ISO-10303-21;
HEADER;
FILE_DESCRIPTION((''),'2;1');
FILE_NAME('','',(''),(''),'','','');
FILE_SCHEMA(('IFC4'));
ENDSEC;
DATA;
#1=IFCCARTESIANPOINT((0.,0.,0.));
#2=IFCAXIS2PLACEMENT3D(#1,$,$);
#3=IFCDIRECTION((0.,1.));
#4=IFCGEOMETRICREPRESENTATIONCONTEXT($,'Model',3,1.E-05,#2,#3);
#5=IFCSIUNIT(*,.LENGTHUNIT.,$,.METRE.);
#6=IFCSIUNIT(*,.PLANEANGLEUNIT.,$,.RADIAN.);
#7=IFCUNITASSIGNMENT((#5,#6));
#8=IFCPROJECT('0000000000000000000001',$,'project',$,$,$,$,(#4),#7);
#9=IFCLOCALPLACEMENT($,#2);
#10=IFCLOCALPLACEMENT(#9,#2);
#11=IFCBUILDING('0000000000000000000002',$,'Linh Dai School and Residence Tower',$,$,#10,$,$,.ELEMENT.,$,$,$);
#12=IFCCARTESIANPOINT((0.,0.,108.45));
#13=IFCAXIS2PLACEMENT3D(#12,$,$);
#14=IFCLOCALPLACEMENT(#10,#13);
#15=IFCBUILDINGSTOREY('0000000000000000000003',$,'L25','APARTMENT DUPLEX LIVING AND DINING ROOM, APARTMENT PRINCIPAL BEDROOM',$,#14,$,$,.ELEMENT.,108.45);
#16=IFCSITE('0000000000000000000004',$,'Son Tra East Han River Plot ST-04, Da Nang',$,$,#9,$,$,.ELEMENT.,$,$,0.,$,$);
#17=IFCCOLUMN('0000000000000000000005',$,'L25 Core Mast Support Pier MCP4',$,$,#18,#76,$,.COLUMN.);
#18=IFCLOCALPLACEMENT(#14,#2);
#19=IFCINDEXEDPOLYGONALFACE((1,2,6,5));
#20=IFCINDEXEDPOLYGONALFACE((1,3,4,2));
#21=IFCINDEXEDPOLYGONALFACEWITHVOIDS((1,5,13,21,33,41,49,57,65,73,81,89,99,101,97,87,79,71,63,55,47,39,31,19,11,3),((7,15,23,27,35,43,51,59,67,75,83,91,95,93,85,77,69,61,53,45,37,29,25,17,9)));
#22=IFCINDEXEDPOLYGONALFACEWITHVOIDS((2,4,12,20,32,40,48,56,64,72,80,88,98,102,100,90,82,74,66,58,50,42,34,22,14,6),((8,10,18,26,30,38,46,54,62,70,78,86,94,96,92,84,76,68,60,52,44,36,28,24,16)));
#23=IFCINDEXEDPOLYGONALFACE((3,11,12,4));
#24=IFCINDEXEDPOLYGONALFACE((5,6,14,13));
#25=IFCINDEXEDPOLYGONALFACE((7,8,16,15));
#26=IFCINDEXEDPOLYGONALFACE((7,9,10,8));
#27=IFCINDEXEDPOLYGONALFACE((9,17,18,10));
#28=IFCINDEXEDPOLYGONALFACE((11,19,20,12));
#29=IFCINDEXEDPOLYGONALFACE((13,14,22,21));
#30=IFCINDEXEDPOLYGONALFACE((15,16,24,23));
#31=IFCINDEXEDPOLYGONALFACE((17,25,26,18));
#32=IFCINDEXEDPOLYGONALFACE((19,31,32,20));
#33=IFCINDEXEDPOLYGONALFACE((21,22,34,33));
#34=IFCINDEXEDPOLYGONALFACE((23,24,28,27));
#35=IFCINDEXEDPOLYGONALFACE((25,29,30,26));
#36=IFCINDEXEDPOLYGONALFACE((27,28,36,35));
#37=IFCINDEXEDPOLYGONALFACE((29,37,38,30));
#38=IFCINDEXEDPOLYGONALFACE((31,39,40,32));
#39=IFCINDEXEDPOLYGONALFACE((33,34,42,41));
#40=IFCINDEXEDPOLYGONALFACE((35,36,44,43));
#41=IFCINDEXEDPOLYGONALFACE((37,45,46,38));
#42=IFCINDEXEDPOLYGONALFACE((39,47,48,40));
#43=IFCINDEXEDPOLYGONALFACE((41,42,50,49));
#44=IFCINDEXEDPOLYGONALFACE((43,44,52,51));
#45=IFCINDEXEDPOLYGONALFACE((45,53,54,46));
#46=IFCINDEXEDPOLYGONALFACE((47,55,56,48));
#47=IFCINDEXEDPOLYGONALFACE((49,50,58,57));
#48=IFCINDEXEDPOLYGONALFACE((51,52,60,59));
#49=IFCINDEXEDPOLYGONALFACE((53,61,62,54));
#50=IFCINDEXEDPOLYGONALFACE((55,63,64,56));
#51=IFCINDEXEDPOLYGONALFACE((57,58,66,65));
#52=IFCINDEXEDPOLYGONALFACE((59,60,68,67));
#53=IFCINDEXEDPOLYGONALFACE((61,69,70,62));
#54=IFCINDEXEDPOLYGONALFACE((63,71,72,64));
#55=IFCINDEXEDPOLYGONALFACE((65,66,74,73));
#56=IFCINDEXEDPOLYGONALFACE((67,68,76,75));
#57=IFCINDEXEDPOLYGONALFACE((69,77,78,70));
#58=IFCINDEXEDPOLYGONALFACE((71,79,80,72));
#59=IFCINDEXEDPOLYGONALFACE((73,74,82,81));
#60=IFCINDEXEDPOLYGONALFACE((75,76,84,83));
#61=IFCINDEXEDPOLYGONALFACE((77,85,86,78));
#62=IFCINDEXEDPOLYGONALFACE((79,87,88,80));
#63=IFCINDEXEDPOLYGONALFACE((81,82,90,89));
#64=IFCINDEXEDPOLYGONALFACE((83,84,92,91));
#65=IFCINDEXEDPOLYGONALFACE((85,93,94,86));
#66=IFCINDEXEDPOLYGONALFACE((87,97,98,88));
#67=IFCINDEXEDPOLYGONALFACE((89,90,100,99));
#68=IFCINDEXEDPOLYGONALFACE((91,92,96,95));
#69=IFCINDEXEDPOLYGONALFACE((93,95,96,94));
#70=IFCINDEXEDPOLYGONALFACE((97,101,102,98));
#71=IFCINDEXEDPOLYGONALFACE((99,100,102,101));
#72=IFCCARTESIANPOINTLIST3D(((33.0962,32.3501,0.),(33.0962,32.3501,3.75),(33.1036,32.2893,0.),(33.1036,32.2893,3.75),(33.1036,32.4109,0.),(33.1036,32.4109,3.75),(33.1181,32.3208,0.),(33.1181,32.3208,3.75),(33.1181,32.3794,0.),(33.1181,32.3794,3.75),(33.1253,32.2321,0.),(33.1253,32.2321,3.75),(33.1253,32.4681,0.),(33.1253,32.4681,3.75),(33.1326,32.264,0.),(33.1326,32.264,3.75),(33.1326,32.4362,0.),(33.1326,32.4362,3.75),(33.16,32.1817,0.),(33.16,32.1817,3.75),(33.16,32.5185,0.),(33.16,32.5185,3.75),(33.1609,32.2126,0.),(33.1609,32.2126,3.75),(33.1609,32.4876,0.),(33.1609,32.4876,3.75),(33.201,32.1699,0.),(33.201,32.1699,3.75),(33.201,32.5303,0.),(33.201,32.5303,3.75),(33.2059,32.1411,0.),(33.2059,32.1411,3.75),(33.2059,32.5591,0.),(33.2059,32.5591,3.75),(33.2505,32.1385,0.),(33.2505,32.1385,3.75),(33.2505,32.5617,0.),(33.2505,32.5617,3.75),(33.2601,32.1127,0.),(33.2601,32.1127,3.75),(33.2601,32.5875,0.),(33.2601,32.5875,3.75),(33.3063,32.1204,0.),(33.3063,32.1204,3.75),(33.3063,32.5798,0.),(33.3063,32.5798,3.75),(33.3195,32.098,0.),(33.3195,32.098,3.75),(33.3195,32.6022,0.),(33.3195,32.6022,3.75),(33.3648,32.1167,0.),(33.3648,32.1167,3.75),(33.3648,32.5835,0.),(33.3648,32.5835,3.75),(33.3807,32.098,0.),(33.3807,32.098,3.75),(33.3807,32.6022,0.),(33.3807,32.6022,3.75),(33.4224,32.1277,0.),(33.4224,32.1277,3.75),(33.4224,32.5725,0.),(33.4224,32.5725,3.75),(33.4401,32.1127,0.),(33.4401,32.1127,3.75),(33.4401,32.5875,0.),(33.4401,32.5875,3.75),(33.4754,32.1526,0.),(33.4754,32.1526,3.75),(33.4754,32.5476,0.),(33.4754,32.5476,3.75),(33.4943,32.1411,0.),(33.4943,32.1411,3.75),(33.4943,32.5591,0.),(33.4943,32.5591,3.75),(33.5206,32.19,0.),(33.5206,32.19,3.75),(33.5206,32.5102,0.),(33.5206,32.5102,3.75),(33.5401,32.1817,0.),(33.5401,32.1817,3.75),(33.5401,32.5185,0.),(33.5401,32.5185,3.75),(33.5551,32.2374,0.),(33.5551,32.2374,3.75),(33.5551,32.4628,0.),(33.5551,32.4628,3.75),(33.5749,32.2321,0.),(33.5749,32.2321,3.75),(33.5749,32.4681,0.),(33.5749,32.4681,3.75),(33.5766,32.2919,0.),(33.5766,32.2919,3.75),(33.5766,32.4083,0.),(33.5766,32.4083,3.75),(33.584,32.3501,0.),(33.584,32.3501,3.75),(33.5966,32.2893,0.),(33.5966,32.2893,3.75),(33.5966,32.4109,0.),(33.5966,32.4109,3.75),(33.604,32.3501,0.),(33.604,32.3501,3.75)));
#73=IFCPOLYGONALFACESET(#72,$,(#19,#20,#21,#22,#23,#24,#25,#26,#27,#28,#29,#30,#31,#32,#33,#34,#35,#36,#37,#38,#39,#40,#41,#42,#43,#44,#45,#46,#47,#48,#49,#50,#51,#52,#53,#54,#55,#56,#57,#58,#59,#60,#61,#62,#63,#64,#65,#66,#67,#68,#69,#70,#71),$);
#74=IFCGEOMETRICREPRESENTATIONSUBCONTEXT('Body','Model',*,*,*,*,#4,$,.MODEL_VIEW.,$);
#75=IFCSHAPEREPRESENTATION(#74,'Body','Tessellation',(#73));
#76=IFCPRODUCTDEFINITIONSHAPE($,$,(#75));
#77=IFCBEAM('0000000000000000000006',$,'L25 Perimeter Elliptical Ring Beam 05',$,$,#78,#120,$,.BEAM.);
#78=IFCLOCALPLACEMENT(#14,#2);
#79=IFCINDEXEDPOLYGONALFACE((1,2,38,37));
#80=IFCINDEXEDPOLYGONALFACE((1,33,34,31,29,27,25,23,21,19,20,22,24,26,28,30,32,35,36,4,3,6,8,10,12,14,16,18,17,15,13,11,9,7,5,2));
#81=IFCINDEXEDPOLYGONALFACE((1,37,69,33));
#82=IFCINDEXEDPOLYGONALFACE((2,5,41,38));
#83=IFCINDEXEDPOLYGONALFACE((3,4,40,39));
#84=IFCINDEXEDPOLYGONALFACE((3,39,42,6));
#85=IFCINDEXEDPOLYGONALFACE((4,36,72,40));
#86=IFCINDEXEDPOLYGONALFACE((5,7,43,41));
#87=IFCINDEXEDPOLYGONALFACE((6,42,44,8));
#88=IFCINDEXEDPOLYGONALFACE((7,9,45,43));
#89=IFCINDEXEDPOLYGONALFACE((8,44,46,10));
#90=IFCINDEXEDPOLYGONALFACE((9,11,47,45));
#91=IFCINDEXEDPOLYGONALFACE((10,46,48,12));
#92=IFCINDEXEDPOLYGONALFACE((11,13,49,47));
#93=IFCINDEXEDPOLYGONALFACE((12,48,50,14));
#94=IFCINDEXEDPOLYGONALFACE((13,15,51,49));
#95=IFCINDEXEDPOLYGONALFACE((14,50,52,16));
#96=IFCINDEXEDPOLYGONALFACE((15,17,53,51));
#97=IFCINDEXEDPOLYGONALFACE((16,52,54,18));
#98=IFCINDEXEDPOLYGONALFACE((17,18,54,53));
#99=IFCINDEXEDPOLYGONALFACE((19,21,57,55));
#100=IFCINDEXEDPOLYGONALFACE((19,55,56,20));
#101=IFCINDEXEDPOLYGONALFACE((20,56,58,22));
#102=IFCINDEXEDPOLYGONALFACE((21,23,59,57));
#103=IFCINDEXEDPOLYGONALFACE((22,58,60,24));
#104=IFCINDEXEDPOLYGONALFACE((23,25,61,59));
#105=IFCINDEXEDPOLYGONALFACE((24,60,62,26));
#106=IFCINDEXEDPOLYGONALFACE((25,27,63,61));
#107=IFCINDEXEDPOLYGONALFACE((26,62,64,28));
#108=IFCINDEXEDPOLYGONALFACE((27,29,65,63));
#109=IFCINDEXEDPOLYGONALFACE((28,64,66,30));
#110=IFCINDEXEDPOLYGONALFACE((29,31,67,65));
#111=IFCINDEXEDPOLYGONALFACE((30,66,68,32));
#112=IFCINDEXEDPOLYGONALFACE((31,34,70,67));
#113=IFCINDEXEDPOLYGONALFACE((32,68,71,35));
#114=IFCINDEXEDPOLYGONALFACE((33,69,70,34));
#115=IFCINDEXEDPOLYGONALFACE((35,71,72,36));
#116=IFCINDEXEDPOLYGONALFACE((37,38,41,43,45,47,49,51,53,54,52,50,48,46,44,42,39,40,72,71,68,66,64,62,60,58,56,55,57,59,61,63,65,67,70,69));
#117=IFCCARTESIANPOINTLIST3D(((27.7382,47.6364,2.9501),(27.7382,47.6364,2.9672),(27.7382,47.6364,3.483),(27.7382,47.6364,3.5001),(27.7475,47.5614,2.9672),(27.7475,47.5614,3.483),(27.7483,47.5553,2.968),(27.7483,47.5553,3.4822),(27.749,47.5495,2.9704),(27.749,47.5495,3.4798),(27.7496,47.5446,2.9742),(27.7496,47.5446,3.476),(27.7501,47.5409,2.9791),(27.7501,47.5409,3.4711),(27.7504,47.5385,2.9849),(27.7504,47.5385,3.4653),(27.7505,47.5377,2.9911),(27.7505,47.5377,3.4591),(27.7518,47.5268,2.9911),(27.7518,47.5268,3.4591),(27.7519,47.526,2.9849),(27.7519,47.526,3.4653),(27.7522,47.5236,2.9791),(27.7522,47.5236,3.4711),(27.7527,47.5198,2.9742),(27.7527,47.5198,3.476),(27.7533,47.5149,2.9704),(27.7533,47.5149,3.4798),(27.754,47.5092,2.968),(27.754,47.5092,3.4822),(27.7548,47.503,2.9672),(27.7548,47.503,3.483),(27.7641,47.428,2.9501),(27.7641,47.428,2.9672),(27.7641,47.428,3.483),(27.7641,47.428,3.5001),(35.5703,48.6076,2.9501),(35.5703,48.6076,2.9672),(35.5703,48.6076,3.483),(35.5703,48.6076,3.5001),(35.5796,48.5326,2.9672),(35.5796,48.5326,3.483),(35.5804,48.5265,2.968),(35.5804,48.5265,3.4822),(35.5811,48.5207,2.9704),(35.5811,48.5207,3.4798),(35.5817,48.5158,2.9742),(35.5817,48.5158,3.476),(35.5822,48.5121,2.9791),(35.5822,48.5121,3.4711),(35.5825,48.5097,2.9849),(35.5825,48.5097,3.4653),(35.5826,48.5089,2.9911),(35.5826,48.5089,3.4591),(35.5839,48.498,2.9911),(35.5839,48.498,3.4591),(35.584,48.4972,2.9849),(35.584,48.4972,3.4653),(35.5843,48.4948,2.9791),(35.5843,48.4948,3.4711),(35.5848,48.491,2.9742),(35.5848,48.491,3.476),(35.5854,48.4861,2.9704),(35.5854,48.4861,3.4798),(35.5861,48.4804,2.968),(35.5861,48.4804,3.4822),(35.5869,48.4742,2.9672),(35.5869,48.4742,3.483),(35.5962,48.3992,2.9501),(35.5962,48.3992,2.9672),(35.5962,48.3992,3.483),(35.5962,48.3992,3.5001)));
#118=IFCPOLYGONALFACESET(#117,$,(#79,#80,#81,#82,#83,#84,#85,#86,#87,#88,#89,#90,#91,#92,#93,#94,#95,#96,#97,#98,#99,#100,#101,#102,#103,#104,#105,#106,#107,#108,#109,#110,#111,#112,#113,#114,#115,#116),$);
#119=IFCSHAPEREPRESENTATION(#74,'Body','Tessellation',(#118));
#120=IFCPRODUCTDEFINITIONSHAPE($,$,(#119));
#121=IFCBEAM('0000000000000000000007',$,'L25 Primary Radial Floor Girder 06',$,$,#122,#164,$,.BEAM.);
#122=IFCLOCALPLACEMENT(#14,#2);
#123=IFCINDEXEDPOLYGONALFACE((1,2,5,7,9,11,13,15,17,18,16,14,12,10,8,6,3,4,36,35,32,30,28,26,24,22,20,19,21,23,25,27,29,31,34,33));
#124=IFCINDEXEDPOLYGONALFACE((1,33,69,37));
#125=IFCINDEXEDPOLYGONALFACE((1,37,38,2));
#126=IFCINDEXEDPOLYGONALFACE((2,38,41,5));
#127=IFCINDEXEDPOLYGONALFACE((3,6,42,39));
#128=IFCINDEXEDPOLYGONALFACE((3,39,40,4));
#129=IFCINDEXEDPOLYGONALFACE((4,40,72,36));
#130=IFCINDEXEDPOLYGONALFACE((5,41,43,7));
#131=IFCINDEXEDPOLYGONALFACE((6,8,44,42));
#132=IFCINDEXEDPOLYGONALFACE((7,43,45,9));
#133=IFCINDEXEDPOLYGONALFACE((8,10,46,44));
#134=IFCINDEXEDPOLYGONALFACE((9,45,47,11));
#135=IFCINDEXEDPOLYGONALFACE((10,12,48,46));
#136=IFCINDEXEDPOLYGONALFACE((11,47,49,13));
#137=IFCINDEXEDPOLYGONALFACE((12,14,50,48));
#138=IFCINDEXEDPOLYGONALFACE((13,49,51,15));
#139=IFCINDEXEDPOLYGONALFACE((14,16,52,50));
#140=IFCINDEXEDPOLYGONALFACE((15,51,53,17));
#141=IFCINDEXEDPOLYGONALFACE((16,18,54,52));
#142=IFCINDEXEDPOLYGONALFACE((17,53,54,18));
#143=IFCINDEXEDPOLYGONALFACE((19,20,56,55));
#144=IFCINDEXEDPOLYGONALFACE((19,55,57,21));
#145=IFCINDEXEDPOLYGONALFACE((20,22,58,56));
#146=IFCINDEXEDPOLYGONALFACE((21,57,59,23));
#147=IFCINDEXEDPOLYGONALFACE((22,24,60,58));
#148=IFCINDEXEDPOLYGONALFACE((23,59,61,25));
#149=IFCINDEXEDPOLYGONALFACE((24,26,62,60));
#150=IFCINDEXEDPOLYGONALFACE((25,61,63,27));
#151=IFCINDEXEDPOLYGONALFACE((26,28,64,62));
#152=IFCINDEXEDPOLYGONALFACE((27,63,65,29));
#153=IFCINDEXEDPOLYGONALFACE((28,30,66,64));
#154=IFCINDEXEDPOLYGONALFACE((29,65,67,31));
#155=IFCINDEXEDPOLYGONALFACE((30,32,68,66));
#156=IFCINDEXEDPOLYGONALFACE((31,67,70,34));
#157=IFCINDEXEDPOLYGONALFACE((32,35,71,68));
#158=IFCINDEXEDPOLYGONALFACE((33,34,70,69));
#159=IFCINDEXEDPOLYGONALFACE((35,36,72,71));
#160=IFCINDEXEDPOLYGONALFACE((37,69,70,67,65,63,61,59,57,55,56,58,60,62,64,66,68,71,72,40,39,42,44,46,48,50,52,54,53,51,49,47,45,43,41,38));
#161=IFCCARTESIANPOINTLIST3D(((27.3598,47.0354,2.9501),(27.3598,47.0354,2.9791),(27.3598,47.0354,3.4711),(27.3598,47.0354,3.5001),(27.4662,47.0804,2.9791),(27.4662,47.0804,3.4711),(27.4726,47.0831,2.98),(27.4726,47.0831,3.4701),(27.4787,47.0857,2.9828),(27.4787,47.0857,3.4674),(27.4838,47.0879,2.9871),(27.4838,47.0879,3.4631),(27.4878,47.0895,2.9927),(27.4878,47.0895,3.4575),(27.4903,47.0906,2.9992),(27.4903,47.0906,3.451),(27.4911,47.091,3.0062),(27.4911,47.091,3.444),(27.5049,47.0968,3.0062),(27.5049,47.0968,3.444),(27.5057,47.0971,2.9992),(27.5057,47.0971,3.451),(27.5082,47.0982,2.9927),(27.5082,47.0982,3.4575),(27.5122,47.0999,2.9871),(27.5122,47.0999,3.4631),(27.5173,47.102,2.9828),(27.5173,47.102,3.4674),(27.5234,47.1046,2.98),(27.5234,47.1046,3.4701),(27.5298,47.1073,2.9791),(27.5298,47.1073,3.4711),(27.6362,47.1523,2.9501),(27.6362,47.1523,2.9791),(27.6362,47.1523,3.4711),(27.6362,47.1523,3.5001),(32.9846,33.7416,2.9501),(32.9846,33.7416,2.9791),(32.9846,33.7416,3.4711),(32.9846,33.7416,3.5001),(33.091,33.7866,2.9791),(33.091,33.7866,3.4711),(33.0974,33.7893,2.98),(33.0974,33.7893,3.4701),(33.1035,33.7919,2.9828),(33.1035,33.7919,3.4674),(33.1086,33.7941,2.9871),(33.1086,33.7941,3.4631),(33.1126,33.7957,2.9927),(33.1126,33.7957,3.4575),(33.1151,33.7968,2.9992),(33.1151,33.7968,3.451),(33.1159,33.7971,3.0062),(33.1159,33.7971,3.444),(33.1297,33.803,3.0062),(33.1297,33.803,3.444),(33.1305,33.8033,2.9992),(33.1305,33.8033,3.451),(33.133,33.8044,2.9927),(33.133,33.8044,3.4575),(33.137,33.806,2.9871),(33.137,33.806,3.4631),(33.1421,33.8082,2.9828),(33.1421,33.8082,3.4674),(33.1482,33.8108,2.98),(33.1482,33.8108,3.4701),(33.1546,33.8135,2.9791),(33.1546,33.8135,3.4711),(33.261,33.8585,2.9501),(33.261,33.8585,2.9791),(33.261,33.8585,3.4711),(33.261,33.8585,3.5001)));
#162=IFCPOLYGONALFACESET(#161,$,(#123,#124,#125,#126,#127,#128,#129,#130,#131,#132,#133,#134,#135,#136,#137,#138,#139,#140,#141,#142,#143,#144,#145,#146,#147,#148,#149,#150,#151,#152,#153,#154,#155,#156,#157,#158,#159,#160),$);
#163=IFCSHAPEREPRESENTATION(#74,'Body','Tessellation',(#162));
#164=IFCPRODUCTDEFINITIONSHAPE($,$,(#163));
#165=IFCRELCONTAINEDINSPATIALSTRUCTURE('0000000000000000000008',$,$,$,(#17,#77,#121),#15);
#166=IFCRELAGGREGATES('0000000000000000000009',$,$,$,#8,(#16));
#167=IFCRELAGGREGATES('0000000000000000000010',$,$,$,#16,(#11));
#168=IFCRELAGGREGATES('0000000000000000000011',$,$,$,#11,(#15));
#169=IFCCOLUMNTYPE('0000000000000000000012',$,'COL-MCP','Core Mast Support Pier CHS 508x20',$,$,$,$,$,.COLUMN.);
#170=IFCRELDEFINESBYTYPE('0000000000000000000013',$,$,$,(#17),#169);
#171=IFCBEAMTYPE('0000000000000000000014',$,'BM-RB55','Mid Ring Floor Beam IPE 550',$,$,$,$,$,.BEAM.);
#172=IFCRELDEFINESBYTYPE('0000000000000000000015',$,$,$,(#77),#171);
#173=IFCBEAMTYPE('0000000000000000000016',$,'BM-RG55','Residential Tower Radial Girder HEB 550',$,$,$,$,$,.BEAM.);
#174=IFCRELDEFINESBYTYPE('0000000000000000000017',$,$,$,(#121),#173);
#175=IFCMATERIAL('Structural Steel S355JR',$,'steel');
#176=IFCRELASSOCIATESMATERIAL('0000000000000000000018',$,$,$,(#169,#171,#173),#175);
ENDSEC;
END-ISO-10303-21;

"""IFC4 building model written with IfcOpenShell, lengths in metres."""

from ifc_helpers import new_model, si_unit, direction, frame, origin, origin_2d, place, context, subcontext, project, spatial, hollow_circle, i_section, extrude, material, material_profile, profile_set, type_object, element, save


model = new_model("IFC4")

# Units and contexts
model_context = context("Model", 3, precision=1e-05, world=origin(), true_north=direction((0.0, 1.0)))
body_context = subcontext(model_context, "Body", "Model", "MODEL_VIEW")
ifc_project = project(units=[si_unit("LENGTHUNIT", "METRE"), si_unit("PLANEANGLEUNIT", "RADIAN")], contexts=[model_context])

# Site, building, storey
site_placement = place(None, origin())
site = spatial("IfcSite", under=ifc_project, at=site_placement, Name="Son Tra East Han River Plot ST-04, Da Nang", CompositionType="ELEMENT", RefElevation=0.0)
building_placement = place(site_placement, origin())
building = spatial("IfcBuilding", under=site, at=building_placement, Name="Linh Dai School and Residence Tower", CompositionType="ELEMENT")
storey_placement = place(building_placement, frame((0.0, 0.0, 108.45)))
storey = spatial("IfcBuildingStorey", under=building, at=storey_placement, Name="L25", Description="APARTMENT DUPLEX LIVING AND DINING ROOM, APARTMENT PRINCIPAL BEDROOM", CompositionType="ELEMENT", Elevation=108.45)

# Column
ifc_material_1 = material(Name="Structural Steel S355JR", Category="steel")
ifc_material_profile_1 = material_profile(ifc_material_1, hollow_circle(Radius=0.2539, WallThickness=0.02, at=origin_2d()), Name="CHS 508x20")
ifc_profile_set_1 = profile_set([ifc_material_profile_1], Name="Structural Steel S355JR")
column_type_1 = type_object("IfcColumnType", Name="COL-MCP", Description="Core Mast Support Pier CHS 508x20", PredefinedType="COLUMN", material=ifc_profile_set_1)
column_placement = place(storey_placement, frame((33.3501, 32.3501, 0.0), z_axis=(0.0, 0.0, 1.0), x_axis=(1.0, 0.0, 0.0)))
element("IfcColumn", 1, at=column_placement, inside=storey, type_object=column_type_1, Name="L25 Core Mast Support Pier MCP4", PredefinedType="COLUMN", context=body_context, shape_type="SweptSolid", body=[
    extrude(hollow_circle(Radius=0.2539, WallThickness=0.02, at=origin_2d()), origin(), (0.0, 0.0, 1.0), 3.75),
])

# Beams
ifc_material_profile_2 = material_profile(ifc_material_1, i_section(OverallWidth=0.21, OverallDepth=0.55, WebThickness=0.011, FlangeThickness=0.0171, FilletRadius=0.0239, at=origin_2d()), Name="IPE 550")
ifc_profile_set_2 = profile_set([ifc_material_profile_2], Name="Structural Steel S355JR")
beam_type_1 = type_object("IfcBeamType", Name="BM-RB55", Description="Mid Ring Floor Beam IPE 550", PredefinedType="BEAM", material=ifc_profile_set_2)
beam_1_placement = place(storey_placement, frame((35.5833, 48.5034, 3.2251), z_axis=(-0.992399, -0.12306, 0.0), x_axis=(0.12306, -0.992399, 0.0)))
element("IfcBeam", 2, at=beam_1_placement, inside=storey, type_object=beam_type_1, Name="L25 Perimeter Elliptical Ring Beam 05", PredefinedType="BEAM", context=body_context, shape_type="SweptSolid", body=[
    extrude(i_section(OverallWidth=0.21, OverallDepth=0.55, WebThickness=0.011, FlangeThickness=0.0171, FilletRadius=0.0239, at=origin_2d()), origin(), (0.0, 0.0, 1.0), 7.8921),
])
ifc_material_profile_3 = material_profile(ifc_material_1, i_section(OverallWidth=0.3, OverallDepth=0.55, WebThickness=0.0149, FlangeThickness=0.0291, FilletRadius=0.0271, at=origin_2d()), Name="HEB 550")
ifc_profile_set_3 = profile_set([ifc_material_profile_3], Name="Structural Steel S355JR")
beam_type_2 = type_object("IfcBeamType", Name="BM-RG55", Description="Residential Tower Radial Girder HEB 550", PredefinedType="BEAM", material=ifc_profile_set_3)
beam_2_placement = place(storey_placement, frame((33.1228, 33.8, 3.2251), z_axis=(-0.389669, 0.920955, 0.0), x_axis=(-0.920955, -0.389669, 0.0)))
element("IfcBeam", 3, at=beam_2_placement, inside=storey, type_object=beam_type_2, Name="L25 Primary Radial Floor Girder 06", PredefinedType="BEAM", context=body_context, shape_type="SweptSolid", body=[
    extrude(i_section(OverallWidth=0.3, OverallDepth=0.55, WebThickness=0.0149, FlangeThickness=0.0291, FilletRadius=0.0271, at=origin_2d()), origin(), (0.0, 0.0, 1.0), 14.4348),
])

save(model, "model.ifc")
